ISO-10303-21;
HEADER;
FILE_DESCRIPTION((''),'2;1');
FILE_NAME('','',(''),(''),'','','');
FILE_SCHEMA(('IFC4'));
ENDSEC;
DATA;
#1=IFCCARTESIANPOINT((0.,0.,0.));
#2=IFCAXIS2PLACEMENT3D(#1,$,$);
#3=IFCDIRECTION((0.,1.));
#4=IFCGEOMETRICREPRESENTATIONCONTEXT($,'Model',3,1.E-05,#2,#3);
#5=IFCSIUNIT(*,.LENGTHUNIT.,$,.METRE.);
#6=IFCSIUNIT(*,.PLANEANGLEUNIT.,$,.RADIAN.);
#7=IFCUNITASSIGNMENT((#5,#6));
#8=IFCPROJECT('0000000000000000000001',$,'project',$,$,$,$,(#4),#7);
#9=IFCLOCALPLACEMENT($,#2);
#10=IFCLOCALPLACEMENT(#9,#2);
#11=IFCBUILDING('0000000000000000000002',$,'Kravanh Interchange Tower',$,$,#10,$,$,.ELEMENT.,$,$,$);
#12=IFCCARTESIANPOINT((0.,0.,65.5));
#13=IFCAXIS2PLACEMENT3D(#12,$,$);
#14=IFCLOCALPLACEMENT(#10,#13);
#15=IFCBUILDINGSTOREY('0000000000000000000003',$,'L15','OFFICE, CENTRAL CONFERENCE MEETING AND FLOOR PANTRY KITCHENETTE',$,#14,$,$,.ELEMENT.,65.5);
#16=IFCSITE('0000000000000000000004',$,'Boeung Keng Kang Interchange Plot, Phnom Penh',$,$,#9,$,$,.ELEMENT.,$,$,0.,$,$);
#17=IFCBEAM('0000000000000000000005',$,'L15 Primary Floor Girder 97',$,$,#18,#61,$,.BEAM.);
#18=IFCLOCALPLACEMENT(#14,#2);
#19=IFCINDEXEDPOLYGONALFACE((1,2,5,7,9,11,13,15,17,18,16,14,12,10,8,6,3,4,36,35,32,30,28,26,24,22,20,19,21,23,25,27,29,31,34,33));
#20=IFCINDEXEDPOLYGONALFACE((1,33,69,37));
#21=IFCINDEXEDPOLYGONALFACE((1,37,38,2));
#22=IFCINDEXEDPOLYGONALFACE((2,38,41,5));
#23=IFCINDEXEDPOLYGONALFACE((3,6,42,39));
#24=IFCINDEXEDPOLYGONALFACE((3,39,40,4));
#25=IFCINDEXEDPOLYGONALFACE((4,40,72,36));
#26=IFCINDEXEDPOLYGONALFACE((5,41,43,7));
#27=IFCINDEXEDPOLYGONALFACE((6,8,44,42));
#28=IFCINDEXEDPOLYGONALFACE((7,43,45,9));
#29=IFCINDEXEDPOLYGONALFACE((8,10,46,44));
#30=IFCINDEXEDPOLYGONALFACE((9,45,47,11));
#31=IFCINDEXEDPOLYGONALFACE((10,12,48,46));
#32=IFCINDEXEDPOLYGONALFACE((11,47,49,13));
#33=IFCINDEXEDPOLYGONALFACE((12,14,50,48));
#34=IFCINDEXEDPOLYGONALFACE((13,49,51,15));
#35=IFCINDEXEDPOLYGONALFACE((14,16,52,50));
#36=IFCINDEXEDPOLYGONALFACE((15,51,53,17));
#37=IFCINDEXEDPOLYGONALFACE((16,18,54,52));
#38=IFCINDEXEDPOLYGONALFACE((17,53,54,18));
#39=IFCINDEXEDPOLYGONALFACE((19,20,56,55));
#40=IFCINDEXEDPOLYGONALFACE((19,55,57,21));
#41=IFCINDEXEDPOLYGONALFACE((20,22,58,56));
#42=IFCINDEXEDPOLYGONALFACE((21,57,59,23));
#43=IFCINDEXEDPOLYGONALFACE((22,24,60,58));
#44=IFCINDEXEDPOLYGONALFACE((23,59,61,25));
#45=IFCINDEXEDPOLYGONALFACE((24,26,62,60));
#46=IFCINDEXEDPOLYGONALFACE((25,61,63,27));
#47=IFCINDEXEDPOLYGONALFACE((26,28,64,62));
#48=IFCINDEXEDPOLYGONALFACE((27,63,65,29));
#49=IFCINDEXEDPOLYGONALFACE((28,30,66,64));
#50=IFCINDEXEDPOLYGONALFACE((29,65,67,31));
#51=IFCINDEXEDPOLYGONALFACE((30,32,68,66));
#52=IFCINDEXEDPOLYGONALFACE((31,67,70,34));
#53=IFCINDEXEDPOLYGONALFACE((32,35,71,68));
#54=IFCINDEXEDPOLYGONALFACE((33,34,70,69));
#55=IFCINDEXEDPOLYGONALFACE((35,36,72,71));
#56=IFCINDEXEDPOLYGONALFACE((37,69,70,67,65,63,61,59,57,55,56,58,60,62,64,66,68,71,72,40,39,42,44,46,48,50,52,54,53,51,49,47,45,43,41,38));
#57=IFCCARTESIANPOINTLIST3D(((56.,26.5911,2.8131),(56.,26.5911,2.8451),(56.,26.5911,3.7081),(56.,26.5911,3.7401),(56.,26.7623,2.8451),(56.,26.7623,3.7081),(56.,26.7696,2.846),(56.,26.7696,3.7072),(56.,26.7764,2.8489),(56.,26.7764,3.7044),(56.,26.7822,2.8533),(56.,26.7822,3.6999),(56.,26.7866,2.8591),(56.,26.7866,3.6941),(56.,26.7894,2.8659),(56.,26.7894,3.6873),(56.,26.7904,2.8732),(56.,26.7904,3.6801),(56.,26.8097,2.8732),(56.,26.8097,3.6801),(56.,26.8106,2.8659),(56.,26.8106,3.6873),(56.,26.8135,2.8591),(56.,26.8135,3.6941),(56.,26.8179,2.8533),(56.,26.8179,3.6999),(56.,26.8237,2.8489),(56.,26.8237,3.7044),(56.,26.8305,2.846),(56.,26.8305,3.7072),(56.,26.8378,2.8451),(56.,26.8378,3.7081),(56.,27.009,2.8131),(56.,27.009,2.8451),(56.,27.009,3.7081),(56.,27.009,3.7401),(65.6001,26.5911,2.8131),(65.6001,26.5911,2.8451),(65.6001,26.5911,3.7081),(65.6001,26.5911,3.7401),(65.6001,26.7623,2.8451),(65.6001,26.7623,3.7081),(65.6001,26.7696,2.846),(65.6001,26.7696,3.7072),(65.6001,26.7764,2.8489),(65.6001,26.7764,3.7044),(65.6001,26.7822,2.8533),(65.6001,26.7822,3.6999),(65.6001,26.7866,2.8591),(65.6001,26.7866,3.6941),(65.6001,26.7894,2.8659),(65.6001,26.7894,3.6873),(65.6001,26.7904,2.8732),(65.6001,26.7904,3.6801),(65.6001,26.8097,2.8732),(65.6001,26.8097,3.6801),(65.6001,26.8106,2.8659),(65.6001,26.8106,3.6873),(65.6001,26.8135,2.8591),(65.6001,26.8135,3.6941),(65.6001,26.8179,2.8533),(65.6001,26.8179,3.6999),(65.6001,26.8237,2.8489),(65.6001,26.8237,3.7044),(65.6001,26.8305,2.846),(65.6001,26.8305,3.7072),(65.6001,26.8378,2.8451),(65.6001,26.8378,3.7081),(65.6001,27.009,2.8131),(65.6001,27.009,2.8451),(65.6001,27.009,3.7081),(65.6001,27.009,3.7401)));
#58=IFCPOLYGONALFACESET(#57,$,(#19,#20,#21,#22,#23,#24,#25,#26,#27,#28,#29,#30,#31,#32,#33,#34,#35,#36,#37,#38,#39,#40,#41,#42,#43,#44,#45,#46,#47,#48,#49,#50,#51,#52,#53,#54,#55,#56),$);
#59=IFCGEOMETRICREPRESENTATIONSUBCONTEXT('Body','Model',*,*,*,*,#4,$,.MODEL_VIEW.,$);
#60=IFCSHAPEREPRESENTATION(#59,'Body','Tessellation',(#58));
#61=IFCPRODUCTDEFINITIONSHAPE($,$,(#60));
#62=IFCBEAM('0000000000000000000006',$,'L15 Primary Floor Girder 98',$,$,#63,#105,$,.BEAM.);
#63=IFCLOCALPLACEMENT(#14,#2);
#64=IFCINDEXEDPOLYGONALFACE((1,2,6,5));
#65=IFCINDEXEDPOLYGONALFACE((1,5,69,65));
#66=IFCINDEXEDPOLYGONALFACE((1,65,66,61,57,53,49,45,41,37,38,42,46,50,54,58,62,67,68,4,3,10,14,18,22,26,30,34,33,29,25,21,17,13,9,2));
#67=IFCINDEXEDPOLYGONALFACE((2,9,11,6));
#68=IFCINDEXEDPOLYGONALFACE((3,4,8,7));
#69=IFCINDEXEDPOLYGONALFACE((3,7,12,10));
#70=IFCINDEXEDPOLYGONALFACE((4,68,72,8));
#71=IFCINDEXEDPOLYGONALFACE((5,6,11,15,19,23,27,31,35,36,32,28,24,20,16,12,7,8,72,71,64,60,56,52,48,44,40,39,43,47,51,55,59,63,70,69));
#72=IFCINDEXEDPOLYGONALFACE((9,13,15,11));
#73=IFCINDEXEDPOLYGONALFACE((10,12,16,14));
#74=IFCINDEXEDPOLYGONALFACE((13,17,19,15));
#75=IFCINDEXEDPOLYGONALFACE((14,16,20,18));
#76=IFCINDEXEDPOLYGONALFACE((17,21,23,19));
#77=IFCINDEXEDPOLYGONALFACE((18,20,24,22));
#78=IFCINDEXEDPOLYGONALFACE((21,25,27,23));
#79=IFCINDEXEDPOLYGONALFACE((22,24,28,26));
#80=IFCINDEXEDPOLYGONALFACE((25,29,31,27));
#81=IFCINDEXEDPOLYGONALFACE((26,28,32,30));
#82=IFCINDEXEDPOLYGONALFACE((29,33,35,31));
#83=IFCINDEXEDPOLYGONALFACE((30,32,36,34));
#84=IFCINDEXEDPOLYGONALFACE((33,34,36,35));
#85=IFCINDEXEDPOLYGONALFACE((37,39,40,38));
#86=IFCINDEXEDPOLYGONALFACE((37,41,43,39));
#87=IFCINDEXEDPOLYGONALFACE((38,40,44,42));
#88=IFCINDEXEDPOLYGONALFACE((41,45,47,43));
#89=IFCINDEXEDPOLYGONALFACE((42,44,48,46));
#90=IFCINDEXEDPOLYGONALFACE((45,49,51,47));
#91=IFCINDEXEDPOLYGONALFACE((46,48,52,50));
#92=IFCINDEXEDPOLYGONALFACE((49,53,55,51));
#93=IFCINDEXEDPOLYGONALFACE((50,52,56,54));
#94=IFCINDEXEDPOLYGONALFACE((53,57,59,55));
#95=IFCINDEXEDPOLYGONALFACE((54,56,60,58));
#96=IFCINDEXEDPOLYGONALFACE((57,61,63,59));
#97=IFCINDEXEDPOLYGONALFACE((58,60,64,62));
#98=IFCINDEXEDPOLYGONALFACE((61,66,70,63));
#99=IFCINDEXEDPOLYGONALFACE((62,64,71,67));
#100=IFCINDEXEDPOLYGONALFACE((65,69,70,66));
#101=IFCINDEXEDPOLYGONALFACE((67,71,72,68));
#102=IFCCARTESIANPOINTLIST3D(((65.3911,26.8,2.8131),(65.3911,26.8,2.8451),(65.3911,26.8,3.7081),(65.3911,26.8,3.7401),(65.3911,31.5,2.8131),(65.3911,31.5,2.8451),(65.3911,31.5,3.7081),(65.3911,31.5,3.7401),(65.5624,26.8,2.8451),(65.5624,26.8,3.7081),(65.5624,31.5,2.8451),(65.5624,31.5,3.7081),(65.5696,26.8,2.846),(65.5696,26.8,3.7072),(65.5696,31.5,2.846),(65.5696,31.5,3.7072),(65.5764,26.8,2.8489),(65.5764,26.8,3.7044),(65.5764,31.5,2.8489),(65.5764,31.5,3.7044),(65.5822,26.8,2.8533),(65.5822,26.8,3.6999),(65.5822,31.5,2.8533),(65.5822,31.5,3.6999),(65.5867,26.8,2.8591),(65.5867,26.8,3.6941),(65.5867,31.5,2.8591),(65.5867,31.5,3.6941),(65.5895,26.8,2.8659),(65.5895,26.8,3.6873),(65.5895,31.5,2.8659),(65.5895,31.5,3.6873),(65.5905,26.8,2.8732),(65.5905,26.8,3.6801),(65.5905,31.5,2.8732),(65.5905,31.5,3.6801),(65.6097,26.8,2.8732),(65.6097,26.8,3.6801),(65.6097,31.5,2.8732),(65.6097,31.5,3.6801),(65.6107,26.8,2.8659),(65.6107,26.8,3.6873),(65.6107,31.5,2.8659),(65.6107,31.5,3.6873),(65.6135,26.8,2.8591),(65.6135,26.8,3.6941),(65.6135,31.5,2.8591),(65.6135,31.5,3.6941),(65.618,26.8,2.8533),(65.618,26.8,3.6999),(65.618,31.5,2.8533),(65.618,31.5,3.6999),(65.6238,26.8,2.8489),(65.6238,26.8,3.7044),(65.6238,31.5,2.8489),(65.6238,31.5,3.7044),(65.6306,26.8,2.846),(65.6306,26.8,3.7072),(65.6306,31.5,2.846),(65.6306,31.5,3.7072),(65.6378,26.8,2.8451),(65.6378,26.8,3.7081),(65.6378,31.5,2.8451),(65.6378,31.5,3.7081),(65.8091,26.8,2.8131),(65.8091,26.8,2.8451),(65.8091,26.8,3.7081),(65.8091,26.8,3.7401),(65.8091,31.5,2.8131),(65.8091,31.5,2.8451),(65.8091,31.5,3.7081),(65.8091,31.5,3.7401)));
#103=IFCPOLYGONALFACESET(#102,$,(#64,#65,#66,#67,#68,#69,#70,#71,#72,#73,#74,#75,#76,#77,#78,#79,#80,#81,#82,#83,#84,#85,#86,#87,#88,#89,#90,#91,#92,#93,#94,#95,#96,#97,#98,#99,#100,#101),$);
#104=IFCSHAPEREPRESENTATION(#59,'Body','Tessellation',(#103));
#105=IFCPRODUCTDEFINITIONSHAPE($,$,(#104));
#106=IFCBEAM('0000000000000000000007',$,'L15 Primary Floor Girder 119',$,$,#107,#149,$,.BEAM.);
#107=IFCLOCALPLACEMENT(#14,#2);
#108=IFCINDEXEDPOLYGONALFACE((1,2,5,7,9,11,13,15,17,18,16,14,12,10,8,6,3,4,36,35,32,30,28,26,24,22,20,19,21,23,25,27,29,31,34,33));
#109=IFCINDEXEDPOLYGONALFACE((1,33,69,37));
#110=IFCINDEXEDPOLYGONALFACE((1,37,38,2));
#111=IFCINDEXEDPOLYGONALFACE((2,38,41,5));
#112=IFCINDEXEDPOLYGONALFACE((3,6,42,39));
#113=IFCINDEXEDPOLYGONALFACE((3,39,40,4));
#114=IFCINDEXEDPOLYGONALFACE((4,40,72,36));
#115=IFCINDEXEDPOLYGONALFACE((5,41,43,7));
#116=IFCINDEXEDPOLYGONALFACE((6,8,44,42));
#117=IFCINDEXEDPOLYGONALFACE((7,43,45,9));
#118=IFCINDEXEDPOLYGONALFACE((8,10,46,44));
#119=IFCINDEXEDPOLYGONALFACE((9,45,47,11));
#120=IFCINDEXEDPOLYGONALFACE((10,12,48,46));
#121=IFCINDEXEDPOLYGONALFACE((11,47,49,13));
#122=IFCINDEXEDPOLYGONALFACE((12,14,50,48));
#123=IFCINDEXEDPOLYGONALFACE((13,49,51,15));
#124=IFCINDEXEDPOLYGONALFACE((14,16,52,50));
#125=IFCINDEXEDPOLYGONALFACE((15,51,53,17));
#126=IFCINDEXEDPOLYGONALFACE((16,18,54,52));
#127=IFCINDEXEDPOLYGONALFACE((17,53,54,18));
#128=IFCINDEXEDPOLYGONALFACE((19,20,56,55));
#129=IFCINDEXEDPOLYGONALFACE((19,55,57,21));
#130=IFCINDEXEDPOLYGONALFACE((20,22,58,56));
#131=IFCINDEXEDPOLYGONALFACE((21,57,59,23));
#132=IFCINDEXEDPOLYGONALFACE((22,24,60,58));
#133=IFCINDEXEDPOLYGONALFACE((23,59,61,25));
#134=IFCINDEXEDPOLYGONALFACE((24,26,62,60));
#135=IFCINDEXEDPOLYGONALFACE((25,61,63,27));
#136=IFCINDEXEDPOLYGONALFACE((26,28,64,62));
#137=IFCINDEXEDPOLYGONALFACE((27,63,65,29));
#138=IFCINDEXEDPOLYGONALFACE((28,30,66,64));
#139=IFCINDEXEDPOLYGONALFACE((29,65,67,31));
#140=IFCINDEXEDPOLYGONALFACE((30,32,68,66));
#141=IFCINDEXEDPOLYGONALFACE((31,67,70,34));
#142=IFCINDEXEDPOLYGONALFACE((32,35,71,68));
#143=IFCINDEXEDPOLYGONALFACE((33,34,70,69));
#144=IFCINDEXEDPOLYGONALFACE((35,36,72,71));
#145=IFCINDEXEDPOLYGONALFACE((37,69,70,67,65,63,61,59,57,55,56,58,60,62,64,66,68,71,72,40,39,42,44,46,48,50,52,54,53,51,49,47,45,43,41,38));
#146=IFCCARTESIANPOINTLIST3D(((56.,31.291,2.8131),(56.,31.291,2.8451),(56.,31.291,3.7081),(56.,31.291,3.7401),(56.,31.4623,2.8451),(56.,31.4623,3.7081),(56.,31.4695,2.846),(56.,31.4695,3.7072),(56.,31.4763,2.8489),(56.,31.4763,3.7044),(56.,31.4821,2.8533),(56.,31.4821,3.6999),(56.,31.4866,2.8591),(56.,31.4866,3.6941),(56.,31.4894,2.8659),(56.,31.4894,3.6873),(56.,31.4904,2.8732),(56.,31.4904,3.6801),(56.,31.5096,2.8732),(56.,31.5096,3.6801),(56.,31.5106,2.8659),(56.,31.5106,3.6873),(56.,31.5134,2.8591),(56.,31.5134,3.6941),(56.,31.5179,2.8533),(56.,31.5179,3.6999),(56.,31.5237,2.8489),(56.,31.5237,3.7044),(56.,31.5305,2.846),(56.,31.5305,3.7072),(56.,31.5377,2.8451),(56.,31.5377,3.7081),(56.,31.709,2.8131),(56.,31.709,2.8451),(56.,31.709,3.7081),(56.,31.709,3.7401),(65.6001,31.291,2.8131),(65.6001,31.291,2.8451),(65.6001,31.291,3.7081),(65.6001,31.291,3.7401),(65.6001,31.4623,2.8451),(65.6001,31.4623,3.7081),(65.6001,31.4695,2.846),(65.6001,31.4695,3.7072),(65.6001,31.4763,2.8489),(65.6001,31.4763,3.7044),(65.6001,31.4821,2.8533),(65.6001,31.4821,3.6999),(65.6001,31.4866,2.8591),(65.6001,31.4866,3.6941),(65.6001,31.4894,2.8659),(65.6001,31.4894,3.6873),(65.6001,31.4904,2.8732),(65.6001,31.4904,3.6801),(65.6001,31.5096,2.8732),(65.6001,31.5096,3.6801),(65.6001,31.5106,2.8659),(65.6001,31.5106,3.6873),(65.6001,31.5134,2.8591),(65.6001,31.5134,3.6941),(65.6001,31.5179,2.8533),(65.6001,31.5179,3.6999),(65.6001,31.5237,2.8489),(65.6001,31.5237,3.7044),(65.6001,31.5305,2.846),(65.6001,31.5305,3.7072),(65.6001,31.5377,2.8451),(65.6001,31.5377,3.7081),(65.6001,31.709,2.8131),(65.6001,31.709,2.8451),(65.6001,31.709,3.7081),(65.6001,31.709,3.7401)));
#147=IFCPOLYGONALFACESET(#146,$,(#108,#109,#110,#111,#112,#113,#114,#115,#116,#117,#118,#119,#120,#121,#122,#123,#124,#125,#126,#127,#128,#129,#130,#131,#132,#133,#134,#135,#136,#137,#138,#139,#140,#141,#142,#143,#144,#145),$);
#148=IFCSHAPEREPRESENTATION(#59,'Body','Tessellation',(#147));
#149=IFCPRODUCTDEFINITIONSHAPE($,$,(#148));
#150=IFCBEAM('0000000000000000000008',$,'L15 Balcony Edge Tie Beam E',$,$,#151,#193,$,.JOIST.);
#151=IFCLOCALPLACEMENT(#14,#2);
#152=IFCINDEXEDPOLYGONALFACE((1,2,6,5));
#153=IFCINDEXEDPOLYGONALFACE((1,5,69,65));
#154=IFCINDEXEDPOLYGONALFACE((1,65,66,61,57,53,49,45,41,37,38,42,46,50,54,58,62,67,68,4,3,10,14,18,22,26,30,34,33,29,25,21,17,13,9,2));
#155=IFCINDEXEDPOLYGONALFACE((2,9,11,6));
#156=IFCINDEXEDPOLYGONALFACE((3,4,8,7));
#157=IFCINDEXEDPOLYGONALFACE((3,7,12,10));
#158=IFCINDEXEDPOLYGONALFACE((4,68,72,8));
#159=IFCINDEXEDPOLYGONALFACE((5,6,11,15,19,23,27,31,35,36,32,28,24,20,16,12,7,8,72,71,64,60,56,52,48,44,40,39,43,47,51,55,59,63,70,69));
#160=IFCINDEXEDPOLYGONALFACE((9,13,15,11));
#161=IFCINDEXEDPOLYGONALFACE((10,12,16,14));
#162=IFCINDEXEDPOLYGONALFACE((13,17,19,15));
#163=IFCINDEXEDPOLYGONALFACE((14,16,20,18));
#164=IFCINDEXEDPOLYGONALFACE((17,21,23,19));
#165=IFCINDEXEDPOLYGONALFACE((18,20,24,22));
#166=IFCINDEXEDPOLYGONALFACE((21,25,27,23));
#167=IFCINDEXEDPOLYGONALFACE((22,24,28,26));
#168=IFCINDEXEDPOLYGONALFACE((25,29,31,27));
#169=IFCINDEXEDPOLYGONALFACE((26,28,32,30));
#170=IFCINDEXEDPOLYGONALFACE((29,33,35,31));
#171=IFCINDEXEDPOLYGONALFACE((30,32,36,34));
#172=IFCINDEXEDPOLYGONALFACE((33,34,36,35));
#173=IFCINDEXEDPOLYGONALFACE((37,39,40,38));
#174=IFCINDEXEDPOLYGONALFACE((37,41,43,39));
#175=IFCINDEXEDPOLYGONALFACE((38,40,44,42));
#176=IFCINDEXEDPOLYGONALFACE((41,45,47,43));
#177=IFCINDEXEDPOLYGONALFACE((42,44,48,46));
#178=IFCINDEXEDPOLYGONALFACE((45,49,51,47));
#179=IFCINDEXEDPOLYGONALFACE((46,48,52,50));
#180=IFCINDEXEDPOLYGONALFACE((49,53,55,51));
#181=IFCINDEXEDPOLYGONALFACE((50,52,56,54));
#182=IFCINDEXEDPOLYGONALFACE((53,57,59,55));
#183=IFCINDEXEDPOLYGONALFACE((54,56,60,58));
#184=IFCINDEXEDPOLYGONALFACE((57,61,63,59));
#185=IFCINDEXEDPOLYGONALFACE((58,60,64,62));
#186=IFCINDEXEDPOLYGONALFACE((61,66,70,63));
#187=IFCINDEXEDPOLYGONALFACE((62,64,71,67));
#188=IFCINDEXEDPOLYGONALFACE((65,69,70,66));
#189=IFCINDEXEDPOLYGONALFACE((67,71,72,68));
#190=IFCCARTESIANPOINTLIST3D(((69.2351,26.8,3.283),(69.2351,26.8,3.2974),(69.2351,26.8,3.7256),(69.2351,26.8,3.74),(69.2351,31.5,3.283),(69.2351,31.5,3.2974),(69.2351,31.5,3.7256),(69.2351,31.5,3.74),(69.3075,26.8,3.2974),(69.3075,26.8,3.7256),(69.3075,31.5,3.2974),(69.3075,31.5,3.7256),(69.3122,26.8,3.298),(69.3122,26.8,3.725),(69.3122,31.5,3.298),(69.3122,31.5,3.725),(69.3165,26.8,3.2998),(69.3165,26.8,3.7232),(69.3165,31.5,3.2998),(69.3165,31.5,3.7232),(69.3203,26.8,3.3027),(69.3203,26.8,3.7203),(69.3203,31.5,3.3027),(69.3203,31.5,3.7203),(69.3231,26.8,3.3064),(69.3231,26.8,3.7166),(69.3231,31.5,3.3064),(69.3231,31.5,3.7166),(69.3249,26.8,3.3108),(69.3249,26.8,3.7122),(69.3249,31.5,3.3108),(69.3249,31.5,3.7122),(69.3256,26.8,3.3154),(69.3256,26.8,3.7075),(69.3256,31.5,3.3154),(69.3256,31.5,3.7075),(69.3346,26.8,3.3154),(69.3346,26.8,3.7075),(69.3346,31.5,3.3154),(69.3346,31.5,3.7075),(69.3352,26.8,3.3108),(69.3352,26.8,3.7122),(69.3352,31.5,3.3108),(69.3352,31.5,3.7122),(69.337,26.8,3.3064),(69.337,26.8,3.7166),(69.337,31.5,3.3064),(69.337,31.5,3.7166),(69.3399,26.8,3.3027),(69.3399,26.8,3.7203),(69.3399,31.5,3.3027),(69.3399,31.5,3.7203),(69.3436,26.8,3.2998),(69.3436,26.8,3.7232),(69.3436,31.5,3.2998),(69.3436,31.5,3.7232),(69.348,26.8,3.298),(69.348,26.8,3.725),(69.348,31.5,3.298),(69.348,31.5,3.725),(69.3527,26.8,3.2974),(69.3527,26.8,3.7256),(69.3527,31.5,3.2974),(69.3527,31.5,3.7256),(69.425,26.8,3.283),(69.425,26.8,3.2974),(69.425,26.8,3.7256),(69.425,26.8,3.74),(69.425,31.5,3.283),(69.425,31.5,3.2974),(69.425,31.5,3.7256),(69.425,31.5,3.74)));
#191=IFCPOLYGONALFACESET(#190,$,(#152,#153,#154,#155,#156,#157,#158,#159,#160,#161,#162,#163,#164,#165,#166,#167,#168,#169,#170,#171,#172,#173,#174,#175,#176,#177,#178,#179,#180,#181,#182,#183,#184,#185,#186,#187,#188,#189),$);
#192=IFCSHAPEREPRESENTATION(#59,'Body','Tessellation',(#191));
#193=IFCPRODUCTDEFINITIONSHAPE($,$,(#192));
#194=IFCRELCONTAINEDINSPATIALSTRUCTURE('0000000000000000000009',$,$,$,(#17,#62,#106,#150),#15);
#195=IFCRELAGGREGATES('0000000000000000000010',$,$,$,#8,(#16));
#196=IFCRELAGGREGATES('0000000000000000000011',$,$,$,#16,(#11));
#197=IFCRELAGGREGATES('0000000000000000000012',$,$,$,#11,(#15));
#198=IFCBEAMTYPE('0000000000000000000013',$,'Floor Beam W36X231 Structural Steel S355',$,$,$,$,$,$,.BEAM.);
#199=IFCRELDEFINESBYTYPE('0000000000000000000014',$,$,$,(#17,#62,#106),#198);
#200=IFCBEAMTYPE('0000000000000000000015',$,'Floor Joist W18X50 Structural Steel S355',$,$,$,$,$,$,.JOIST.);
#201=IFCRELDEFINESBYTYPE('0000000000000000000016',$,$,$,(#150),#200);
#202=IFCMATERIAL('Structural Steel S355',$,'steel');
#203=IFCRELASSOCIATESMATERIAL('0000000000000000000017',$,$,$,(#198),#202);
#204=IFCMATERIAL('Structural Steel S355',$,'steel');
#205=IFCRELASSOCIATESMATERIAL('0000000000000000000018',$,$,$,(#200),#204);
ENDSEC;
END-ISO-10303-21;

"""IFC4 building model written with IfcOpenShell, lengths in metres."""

from ifc_helpers import new_model, si_unit, direction, frame, origin, origin_2d, place, context, subcontext, project, spatial, i_section, extrude, material, material_profile, profile_set, type_object, element, save


model = new_model("IFC4")

# Units and contexts
model_context = context("Model", 3, precision=1e-05, world=origin(), true_north=direction((0.0, 1.0)))
body_context = subcontext(model_context, "Body", "Model", "MODEL_VIEW")
ifc_project = project(units=[si_unit("LENGTHUNIT", "METRE"), si_unit("PLANEANGLEUNIT", "RADIAN")], contexts=[model_context])

# Site, building, storey
site_placement = place(None, origin())
site = spatial("IfcSite", under=ifc_project, at=site_placement, Name="Boeung Keng Kang Interchange Plot, Phnom Penh", CompositionType="ELEMENT", RefElevation=0.0)
building_placement = place(site_placement, origin())
building = spatial("IfcBuilding", under=site, at=building_placement, Name="Kravanh Interchange Tower", CompositionType="ELEMENT")
storey_placement = place(building_placement, frame((0.0, 0.0, 65.5)))
storey = spatial("IfcBuildingStorey", under=building, at=storey_placement, Name="L15", Description="OFFICE, CENTRAL CONFERENCE MEETING AND FLOOR PANTRY KITCHENETTE", CompositionType="ELEMENT", Elevation=65.5)

# Beams
ifc_material_1 = material(Name="Structural Steel S355", Category="steel")
ifc_material_profile_1 = material_profile(ifc_material_1, i_section(OverallWidth=0.418, OverallDepth=0.927, WebThickness=0.0193, FlangeThickness=0.032, FilletRadius=0.0281, at=origin_2d()), Name="W36X231")
ifc_profile_set_1 = profile_set([ifc_material_profile_1], Name="Structural Steel S355")
beam_type_1 = type_object("IfcBeamType", Name="Floor Beam W36X231 Structural Steel S355", PredefinedType="BEAM", material=ifc_profile_set_1)
beam_1_placement = place(storey_placement, frame((56.0, 26.8, 3.2766), z_axis=(1.0, 0.0, 0.0), x_axis=(0.0, 1.0, 0.0)))
element("IfcBeam", 1, at=beam_1_placement, inside=storey, type_object=beam_type_1, Name="L15 Primary Floor Girder 97", PredefinedType="BEAM", context=body_context, shape_type="SweptSolid", body=[
    extrude(i_section(OverallWidth=0.418, OverallDepth=0.927, WebThickness=0.0193, FlangeThickness=0.032, FilletRadius=0.0281, at=origin_2d()), origin(), (0.0, 0.0, 1.0), 9.6001),
])
beam_2_placement = place(storey_placement, frame((65.6001, 26.8, 3.2766), z_axis=(0.0, 1.0, 0.0), x_axis=(-1.0, 0.0, 0.0)))
element("IfcBeam", 2, at=beam_2_placement, inside=storey, type_object=beam_type_1, Name="L15 Primary Floor Girder 98", PredefinedType="BEAM", context=body_context, shape_type="SweptSolid", body=[
    extrude(i_section(OverallWidth=0.418, OverallDepth=0.927, WebThickness=0.0193, FlangeThickness=0.032, FilletRadius=0.0281, at=origin_2d()), origin(), (0.0, 0.0, 1.0), 4.7),
])
beam_3_placement = place(storey_placement, frame((56.0, 31.5, 3.2766), z_axis=(1.0, 0.0, 0.0), x_axis=(0.0, 1.0, 0.0)))
element("IfcBeam", 3, at=beam_3_placement, inside=storey, type_object=beam_type_1, Name="L15 Primary Floor Girder 119", PredefinedType="BEAM", context=body_context, shape_type="SweptSolid", body=[
    extrude(i_section(OverallWidth=0.418, OverallDepth=0.927, WebThickness=0.0193, FlangeThickness=0.032, FilletRadius=0.0281, at=origin_2d()), origin(), (0.0, 0.0, 1.0), 9.6001),
])
ifc_material_2 = material(Name="Structural Steel S355", Category="steel")
ifc_material_profile_2 = material_profile(ifc_material_2, i_section(OverallWidth=0.1899, OverallDepth=0.457, WebThickness=0.009, FlangeThickness=0.0144, FilletRadius=0.0181, at=origin_2d()), Name="W18X50")
ifc_profile_set_2 = profile_set([ifc_material_profile_2], Name="Structural Steel S355")
beam_type_2 = type_object("IfcBeamType", Name="Floor Joist W18X50 Structural Steel S355", PredefinedType="JOIST", material=ifc_profile_set_2)
beam_4_placement = place(storey_placement, frame((69.3301, 26.8, 3.5115), z_axis=(0.0, 1.0, 0.0), x_axis=(-1.0, 0.0, 0.0)))
element("IfcBeam", 4, at=beam_4_placement, inside=storey, type_object=beam_type_2, Name="L15 Balcony Edge Tie Beam E", PredefinedType="JOIST", context=body_context, shape_type="SweptSolid", body=[
    extrude(i_section(OverallWidth=0.1899, OverallDepth=0.457, WebThickness=0.009, FlangeThickness=0.0144, FilletRadius=0.0181, at=origin_2d()), origin(), (0.0, 0.0, 1.0), 4.7),
])

save(model, "model.ifc")
